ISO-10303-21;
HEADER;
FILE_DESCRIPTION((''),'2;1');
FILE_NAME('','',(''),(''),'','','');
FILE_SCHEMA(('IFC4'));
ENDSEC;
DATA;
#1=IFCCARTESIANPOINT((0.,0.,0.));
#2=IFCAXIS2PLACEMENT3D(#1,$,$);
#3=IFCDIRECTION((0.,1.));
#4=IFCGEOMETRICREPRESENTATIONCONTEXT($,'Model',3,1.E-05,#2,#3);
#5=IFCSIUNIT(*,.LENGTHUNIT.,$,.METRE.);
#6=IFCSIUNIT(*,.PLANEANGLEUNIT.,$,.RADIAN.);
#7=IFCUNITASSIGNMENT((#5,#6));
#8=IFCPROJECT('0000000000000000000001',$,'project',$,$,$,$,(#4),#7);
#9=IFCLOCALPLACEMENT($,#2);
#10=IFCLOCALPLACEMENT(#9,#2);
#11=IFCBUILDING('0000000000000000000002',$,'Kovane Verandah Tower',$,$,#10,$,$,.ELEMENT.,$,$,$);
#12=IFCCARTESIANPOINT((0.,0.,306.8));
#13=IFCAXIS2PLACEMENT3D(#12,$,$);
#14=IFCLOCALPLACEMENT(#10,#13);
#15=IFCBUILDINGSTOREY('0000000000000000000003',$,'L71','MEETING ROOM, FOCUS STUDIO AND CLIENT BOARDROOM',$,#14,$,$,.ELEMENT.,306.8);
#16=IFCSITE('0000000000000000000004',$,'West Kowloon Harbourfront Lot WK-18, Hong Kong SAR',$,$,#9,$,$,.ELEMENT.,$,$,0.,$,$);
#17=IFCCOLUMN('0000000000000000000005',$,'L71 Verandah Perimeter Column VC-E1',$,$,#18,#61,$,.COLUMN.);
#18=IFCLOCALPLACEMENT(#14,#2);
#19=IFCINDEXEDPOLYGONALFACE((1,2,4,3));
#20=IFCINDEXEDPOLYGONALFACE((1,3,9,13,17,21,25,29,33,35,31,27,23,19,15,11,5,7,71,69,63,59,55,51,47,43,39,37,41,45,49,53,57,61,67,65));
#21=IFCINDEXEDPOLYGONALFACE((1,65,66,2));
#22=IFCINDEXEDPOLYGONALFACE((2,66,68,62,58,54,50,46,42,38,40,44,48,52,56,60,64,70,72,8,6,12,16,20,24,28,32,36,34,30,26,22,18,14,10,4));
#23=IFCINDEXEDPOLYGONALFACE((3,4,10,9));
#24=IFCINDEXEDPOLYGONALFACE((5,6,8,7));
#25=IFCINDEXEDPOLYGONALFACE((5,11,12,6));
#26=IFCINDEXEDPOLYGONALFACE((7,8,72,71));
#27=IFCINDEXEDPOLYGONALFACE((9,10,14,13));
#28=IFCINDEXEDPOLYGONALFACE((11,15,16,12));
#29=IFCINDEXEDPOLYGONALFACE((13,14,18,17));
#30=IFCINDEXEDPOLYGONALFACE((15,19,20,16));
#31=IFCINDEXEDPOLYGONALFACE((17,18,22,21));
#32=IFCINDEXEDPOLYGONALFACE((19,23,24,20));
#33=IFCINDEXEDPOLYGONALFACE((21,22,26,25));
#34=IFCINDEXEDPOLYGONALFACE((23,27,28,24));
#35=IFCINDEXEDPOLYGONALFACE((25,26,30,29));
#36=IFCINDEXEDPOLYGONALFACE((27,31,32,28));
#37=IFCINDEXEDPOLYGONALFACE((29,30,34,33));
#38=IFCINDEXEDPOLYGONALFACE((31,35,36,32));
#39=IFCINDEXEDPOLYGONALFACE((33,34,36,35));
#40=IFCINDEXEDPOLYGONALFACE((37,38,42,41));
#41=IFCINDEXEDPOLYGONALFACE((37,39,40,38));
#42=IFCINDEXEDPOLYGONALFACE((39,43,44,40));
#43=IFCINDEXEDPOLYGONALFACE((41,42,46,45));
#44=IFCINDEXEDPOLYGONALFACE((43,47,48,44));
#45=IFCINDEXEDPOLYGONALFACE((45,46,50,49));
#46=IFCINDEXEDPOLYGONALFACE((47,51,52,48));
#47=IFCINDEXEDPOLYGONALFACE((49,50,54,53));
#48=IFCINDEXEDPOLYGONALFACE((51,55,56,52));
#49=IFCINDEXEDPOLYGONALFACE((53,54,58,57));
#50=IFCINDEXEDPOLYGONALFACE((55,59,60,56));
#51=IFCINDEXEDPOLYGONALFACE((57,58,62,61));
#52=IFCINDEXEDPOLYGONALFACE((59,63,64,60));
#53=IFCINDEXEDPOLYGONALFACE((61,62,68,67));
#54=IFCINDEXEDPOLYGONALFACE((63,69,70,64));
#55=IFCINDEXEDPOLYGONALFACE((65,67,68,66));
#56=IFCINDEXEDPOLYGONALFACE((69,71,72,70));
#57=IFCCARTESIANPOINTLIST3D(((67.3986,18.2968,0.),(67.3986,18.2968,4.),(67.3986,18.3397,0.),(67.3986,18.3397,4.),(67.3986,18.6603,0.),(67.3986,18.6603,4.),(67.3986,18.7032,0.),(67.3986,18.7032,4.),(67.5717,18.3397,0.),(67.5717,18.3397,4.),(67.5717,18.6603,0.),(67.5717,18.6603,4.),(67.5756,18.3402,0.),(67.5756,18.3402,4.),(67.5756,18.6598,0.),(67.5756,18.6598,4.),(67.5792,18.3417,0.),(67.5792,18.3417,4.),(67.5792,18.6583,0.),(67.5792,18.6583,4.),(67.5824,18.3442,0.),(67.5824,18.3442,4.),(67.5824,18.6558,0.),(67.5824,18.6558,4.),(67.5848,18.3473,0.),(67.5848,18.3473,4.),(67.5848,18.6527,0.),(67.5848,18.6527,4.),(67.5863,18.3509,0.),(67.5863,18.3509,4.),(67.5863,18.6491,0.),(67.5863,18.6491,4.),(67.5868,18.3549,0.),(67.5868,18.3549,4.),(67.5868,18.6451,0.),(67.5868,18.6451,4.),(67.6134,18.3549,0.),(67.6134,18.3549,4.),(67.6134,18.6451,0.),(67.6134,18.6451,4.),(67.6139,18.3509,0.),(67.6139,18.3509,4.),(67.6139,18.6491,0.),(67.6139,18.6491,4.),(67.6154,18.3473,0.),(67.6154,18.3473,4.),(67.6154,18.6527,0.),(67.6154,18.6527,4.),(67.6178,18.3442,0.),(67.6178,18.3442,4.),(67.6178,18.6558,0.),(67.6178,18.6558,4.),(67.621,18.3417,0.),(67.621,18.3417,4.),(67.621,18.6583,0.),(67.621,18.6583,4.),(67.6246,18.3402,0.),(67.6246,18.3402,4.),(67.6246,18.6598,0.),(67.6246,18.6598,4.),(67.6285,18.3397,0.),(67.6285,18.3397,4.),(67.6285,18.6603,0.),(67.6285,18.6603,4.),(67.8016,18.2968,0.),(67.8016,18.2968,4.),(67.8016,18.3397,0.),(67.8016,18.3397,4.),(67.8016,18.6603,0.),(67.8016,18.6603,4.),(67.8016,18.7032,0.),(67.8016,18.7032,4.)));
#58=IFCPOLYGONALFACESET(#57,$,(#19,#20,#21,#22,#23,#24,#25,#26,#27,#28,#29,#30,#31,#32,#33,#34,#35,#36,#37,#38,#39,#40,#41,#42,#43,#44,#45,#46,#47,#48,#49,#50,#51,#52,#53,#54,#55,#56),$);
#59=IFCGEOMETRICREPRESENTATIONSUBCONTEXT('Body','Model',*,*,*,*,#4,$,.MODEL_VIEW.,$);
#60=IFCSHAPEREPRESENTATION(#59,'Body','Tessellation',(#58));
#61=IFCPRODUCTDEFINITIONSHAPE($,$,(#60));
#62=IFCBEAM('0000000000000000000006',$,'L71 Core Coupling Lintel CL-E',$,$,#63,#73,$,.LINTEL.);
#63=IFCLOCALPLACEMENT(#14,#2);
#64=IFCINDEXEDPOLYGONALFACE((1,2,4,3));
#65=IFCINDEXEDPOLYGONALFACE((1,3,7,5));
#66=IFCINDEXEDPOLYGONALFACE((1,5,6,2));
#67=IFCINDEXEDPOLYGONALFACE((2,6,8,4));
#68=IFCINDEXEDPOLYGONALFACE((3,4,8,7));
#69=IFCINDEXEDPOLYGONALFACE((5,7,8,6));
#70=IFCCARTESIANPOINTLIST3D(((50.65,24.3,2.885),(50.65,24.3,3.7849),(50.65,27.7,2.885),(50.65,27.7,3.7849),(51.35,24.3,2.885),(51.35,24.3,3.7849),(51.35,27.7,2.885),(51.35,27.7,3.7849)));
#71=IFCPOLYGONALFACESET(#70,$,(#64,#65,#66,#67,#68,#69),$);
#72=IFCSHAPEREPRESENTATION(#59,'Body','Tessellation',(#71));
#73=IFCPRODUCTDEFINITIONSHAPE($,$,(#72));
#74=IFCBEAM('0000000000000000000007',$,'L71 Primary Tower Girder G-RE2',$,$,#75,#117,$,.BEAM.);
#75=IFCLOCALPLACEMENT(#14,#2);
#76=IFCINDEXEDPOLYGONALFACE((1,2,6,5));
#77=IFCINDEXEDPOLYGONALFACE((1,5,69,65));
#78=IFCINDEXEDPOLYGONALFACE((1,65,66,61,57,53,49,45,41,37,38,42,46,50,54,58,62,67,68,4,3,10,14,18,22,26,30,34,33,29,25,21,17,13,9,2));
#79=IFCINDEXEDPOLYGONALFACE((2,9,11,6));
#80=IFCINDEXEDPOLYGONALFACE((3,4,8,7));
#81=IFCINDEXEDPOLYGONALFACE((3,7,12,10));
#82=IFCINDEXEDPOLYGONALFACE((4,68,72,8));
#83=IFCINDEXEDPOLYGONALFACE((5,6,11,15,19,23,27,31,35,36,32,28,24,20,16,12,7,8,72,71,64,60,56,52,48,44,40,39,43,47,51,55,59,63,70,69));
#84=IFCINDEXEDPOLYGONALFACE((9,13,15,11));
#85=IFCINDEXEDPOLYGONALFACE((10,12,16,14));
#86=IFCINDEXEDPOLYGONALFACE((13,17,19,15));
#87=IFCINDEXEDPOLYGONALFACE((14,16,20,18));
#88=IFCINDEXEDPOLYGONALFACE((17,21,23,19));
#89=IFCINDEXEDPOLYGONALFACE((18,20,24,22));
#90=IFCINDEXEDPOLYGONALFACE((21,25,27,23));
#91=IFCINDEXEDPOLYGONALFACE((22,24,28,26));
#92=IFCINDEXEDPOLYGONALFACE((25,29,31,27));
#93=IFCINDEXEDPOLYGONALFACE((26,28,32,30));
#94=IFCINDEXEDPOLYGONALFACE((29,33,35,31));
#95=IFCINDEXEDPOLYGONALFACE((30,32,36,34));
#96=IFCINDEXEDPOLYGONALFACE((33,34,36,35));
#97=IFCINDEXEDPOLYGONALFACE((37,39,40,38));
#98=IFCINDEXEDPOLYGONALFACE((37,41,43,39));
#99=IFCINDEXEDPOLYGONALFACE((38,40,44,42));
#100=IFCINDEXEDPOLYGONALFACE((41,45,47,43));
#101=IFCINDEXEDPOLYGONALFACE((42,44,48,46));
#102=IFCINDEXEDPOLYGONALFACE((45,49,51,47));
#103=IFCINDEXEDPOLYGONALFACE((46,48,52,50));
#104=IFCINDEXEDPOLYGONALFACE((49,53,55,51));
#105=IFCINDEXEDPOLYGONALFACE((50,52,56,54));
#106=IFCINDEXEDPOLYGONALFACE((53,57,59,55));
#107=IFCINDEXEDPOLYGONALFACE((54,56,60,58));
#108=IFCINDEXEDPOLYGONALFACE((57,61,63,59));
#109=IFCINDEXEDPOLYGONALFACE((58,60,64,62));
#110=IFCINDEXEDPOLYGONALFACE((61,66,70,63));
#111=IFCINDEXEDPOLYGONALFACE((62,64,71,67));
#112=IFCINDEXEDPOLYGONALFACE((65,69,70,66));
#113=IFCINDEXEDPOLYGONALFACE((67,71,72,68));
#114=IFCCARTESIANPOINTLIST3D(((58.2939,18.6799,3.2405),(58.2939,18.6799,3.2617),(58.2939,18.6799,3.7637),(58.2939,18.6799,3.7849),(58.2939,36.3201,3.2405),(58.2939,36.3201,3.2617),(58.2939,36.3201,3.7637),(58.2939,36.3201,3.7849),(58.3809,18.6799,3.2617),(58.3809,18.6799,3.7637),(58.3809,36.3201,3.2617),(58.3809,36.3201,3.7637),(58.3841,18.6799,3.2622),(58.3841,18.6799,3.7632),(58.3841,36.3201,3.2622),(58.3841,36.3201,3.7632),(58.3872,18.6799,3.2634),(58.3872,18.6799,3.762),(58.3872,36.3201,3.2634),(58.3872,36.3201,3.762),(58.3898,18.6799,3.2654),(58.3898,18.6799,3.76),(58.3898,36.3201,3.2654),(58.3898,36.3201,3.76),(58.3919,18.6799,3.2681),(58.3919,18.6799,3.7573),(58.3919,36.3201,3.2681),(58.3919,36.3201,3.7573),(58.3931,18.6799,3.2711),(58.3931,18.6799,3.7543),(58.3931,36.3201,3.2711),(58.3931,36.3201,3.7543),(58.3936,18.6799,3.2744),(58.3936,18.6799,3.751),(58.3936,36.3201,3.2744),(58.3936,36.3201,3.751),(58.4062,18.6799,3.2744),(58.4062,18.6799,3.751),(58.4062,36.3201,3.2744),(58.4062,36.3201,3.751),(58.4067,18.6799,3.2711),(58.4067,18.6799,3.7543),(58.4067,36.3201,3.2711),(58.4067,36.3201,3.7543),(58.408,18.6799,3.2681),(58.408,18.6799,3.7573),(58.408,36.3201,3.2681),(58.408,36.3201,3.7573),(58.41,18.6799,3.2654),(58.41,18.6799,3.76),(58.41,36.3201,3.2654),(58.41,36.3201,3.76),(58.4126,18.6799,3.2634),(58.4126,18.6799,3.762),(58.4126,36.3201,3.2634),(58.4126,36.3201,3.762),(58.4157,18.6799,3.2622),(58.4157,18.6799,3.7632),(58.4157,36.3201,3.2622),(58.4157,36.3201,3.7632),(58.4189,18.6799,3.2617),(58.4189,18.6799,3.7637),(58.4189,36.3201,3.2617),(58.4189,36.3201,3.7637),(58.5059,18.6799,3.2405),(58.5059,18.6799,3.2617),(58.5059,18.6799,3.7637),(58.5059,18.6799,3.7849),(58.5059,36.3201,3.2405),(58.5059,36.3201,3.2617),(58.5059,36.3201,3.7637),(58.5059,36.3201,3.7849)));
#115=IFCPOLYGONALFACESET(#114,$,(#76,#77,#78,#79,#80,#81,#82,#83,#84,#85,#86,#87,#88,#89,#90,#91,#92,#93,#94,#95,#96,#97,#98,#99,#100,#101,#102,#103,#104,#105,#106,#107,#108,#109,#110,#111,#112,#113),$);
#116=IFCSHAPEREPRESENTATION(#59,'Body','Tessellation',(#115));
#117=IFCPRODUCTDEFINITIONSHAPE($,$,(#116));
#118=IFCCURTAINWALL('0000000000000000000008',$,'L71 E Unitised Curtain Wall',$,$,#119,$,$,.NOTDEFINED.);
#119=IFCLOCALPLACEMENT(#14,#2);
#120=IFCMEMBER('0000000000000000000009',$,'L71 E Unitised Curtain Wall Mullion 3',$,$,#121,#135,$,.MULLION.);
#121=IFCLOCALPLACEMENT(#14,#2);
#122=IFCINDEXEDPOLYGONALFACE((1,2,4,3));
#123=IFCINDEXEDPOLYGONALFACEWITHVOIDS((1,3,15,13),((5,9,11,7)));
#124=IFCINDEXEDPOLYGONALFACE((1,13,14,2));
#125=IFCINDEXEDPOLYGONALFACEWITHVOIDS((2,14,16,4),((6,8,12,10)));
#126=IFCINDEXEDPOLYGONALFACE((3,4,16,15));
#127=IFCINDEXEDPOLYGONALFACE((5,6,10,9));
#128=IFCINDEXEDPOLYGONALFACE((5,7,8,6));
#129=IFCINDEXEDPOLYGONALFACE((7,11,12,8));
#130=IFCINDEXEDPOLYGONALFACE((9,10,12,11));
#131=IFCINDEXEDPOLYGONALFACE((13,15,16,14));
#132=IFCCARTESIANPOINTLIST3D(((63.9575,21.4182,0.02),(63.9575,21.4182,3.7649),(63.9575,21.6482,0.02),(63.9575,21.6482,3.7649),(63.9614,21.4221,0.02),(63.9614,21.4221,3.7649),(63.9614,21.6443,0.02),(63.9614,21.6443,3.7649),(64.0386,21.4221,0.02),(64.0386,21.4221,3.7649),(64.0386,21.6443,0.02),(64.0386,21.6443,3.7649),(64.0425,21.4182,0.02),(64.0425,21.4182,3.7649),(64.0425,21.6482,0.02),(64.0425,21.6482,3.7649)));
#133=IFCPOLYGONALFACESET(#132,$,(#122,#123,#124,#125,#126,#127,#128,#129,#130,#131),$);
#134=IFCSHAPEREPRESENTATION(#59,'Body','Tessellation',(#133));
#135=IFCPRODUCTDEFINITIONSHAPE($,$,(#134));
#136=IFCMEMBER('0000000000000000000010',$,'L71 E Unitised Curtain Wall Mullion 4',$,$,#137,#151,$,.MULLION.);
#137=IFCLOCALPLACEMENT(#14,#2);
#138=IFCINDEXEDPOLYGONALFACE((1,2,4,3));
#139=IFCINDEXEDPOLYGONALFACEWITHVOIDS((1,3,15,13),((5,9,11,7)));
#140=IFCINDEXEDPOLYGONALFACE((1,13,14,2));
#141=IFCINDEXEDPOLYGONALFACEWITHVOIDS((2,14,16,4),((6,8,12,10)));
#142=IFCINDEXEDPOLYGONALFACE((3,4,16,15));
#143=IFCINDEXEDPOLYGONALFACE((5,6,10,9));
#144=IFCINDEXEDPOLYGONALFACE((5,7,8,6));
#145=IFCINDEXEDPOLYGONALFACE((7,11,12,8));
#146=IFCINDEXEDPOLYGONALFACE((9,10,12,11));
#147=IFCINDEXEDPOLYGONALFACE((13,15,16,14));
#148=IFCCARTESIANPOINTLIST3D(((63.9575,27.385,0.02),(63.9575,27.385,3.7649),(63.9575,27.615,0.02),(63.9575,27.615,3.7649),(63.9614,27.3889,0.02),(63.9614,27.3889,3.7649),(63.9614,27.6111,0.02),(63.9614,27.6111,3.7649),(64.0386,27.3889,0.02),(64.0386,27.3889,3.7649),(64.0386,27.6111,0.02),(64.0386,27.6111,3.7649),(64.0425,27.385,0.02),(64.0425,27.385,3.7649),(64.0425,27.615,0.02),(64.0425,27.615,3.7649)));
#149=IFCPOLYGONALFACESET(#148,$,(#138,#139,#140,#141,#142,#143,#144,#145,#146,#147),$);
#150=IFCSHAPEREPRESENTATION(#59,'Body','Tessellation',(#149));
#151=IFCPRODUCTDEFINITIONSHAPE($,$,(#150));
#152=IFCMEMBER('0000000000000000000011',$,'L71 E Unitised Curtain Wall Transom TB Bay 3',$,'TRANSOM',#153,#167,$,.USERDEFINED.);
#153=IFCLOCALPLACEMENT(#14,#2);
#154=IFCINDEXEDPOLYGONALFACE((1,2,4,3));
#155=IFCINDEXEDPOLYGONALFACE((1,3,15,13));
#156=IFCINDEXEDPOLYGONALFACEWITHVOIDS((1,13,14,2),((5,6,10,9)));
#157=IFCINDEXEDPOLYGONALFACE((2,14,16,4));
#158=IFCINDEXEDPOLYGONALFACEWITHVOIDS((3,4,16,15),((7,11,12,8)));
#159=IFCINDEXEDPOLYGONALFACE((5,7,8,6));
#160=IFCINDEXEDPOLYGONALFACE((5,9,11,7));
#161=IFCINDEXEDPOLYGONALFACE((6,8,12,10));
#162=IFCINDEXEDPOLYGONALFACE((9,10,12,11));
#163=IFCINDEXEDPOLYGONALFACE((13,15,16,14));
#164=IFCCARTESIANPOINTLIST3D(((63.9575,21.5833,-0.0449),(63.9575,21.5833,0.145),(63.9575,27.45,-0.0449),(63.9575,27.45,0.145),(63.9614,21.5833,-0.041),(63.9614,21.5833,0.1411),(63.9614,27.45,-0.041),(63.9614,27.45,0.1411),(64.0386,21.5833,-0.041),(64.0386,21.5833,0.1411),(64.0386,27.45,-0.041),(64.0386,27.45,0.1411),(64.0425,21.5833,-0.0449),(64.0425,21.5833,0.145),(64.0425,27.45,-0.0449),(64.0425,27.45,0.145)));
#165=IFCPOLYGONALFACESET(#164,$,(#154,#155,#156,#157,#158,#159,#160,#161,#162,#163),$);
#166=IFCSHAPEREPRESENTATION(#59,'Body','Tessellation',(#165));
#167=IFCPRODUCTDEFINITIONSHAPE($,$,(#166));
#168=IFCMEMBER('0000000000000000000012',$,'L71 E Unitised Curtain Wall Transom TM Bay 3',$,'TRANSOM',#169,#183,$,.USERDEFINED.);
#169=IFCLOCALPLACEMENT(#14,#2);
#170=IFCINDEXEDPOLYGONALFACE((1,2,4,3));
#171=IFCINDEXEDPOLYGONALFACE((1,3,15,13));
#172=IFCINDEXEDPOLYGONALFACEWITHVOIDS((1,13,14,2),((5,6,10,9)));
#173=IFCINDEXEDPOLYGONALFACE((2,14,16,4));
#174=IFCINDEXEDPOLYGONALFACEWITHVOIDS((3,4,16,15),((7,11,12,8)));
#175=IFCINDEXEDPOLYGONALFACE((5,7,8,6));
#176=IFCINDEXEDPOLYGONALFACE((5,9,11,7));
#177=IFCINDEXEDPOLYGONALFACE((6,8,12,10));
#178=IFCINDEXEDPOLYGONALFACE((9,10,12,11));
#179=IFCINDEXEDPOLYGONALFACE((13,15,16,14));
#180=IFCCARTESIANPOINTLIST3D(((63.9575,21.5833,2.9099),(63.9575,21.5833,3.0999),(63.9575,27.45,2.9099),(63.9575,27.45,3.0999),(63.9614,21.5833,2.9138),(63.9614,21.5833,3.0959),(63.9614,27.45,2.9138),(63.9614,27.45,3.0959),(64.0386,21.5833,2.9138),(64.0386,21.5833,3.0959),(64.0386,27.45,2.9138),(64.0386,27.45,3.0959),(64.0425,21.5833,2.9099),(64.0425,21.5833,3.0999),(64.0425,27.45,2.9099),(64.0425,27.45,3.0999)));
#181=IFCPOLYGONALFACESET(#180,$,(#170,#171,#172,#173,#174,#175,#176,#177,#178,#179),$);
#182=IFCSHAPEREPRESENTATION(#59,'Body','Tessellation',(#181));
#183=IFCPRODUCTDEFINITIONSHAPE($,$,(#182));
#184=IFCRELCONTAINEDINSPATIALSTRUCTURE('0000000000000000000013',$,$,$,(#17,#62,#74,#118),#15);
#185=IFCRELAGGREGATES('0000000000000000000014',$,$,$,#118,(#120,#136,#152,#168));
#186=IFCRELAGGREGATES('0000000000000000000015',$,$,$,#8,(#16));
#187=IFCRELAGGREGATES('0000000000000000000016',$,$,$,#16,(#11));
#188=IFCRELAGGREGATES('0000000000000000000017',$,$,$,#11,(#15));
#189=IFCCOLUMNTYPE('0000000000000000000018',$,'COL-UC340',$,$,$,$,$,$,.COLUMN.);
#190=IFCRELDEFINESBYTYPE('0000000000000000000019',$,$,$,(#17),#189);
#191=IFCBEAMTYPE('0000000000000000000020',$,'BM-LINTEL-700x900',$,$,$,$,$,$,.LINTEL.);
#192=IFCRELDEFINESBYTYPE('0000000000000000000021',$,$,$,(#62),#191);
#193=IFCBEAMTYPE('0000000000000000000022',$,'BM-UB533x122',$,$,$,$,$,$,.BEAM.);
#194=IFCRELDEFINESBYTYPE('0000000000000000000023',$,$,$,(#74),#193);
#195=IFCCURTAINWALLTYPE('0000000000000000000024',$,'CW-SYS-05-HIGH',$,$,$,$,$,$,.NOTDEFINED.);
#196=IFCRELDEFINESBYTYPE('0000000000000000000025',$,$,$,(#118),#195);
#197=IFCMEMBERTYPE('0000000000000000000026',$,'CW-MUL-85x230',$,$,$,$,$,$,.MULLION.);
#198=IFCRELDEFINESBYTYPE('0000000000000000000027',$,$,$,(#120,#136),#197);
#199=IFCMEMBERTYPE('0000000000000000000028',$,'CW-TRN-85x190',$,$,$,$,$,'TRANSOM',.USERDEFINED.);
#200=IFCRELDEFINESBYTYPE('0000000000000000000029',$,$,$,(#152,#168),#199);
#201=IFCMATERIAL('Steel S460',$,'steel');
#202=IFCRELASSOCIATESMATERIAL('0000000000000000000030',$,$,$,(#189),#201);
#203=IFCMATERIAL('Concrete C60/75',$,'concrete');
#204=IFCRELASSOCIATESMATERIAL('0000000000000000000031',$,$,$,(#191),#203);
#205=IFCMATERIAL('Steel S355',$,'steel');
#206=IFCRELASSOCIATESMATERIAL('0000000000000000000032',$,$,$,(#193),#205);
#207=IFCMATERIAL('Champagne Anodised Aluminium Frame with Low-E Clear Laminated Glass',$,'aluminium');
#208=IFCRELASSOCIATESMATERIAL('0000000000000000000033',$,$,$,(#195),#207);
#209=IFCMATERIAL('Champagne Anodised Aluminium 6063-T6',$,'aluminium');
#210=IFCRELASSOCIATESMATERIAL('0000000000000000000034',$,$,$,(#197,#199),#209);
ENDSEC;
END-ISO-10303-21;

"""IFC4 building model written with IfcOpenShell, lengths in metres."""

from ifc_helpers import new_model, si_unit, direction, frame, origin, origin_2d, place, context, subcontext, project, spatial, rectangle, hollow_rectangle, i_section, extrude, material, material_profile, profile_set, type_object, element, aggregate, save


model = new_model("IFC4")

# Units and contexts
model_context = context("Model", 3, precision=1e-05, world=origin(), true_north=direction((0.0, 1.0)))
body_context = subcontext(model_context, "Body", "Model", "MODEL_VIEW")
ifc_project = project(units=[si_unit("LENGTHUNIT", "METRE"), si_unit("PLANEANGLEUNIT", "RADIAN")], contexts=[model_context])

# Site, building, storey
site_placement = place(None, origin())
site = spatial("IfcSite", under=ifc_project, at=site_placement, Name="West Kowloon Harbourfront Lot WK-18, Hong Kong SAR", CompositionType="ELEMENT", RefElevation=0.0)
building_placement = place(site_placement, origin())
building = spatial("IfcBuilding", under=site, at=building_placement, Name="Kovane Verandah Tower", CompositionType="ELEMENT")
storey_placement = place(building_placement, frame((0.0, 0.0, 306.8)))
storey = spatial("IfcBuildingStorey", under=building, at=storey_placement, Name="L71", Description="MEETING ROOM, FOCUS STUDIO AND CLIENT BOARDROOM", CompositionType="ELEMENT", Elevation=306.8)

# Column
ifc_material_1 = material(Name="Steel S460", Category="steel")
ifc_material_profile_1 = material_profile(ifc_material_1, i_section(OverallWidth=0.4031, OverallDepth=0.4065, WebThickness=0.0266, FlangeThickness=0.043, FilletRadius=0.0151, at=origin_2d()), Name="UC356x406x340")
ifc_profile_set_1 = profile_set([ifc_material_profile_1], Name="Steel S460")
column_type = type_object("IfcColumnType", Name="COL-UC340", PredefinedType="COLUMN", material=ifc_profile_set_1)
column_placement = place(storey_placement, frame((67.6001, 18.5, 0.0), z_axis=(0.0, 0.0, 1.0), x_axis=(1.0, 0.0, 0.0)))
element("IfcColumn", 1, at=column_placement, inside=storey, type_object=column_type, Name="L71 Verandah Perimeter Column VC-E1", PredefinedType="COLUMN", context=body_context, shape_type="SweptSolid", body=[
    extrude(i_section(OverallWidth=0.4031, OverallDepth=0.4065, WebThickness=0.0266, FlangeThickness=0.043, FilletRadius=0.0151, at=origin_2d()), origin(), (0.0, 0.0, 1.0), 4.0),
])

# Beams
ifc_material_2 = material(Name="Concrete C60/75", Category="concrete")
ifc_material_profile_2 = material_profile(ifc_material_2, rectangle(XDim=0.7, YDim=0.8999, at=origin_2d()), Name="RCB700x900")
ifc_profile_set_2 = profile_set([ifc_material_profile_2], Name="Concrete C60/75")
beam_type_1 = type_object("IfcBeamType", Name="BM-LINTEL-700x900", PredefinedType="LINTEL", material=ifc_profile_set_2)
beam_1_placement = place(storey_placement, frame((51.0, 24.3, 3.335), z_axis=(0.0, 1.0, 0.0), x_axis=(-1.0, 0.0, 0.0)))
element("IfcBeam", 2, at=beam_1_placement, inside=storey, type_object=beam_type_1, Name="L71 Core Coupling Lintel CL-E", PredefinedType="LINTEL", context=body_context, shape_type="SweptSolid", body=[
    extrude(rectangle(XDim=0.7, YDim=0.8999, at=origin_2d()), origin(), (0.0, 0.0, 1.0), 3.3999),
])
ifc_material_3 = material(Name="Steel S355", Category="steel")
ifc_material_profile_3 = material_profile(ifc_material_3, i_section(OverallWidth=0.2119, OverallDepth=0.5444, WebThickness=0.0127, FlangeThickness=0.0212, FilletRadius=0.0127, at=origin_2d()), Name="UB533x210x122")
ifc_profile_set_3 = profile_set([ifc_material_profile_3], Name="Steel S355")
beam_type_2 = type_object("IfcBeamType", Name="BM-UB533x122", PredefinedType="BEAM", material=ifc_profile_set_3)
beam_2_placement = place(storey_placement, frame((58.3999, 18.6799, 3.5127), z_axis=(0.0, 1.0, 0.0), x_axis=(-1.0, 0.0, 0.0)))
element("IfcBeam", 3, at=beam_2_placement, inside=storey, type_object=beam_type_2, Name="L71 Primary Tower Girder G-RE2", PredefinedType="BEAM", context=body_context, shape_type="SweptSolid", body=[
    extrude(i_section(OverallWidth=0.2119, OverallDepth=0.5444, WebThickness=0.0127, FlangeThickness=0.0212, FilletRadius=0.0127, at=origin_2d()), origin(), (0.0, 0.0, 1.0), 17.6401),
])

# Curtain wall, members
ifc_material_4 = material(Name="Champagne Anodised Aluminium Frame with Low-E Clear Laminated Glass", Category="aluminium")
curtain_wall_type = type_object("IfcCurtainWallType", Name="CW-SYS-05-HIGH", PredefinedType="NOTDEFINED", material=ifc_material_4)
curtain_wall_placement = place(storey_placement, origin())
curtain_wall = element("IfcCurtainWall", 4, at=curtain_wall_placement, inside=storey, type_object=curtain_wall_type, Name="L71 E Unitised Curtain Wall", PredefinedType="NOTDEFINED")
ifc_material_5 = material(Name="Champagne Anodised Aluminium 6063-T6", Category="aluminium")
ifc_material_profile_4 = material_profile(ifc_material_5, hollow_rectangle(XDim=0.085, YDim=0.23, WallThickness=0.0039, at=origin_2d()), Name="AL85x230x4")
ifc_profile_set_4 = profile_set([ifc_material_profile_4], Name="Champagne Anodised Aluminium 6063-T6")
member_type_1 = type_object("IfcMemberType", Name="CW-MUL-85x230", PredefinedType="MULLION", material=ifc_profile_set_4)
member_1_placement = place(storey_placement, frame((64.0, 21.5332, 0.02), z_axis=(0.0, 0.0, 1.0), x_axis=(1.0, 0.0, 0.0)))
member_1 = element("IfcMember", 5, at=member_1_placement, type_object=member_type_1, Name="L71 E Unitised Curtain Wall Mullion 3", PredefinedType="MULLION", context=body_context, shape_type="SweptSolid", body=[
    extrude(hollow_rectangle(XDim=0.085, YDim=0.23, WallThickness=0.0039, at=origin_2d()), origin(), (0.0, 0.0, 1.0), 3.7449),
])
member_2_placement = place(storey_placement, frame((64.0, 27.5, 0.02), z_axis=(0.0, 0.0, 1.0), x_axis=(1.0, 0.0, 0.0)))
member_2 = element("IfcMember", 6, at=member_2_placement, type_object=member_type_1, Name="L71 E Unitised Curtain Wall Mullion 4", PredefinedType="MULLION", context=body_context, shape_type="SweptSolid", body=[
    extrude(hollow_rectangle(XDim=0.085, YDim=0.23, WallThickness=0.0039, at=origin_2d()), origin(), (0.0, 0.0, 1.0), 3.7449),
])
ifc_material_profile_5 = material_profile(ifc_material_5, hollow_rectangle(XDim=0.085, YDim=0.1899, WallThickness=0.0039, at=origin_2d()), Name="AL85x190x4")
ifc_profile_set_5 = profile_set([ifc_material_profile_5], Name="Champagne Anodised Aluminium 6063-T6")
member_type_2 = type_object("IfcMemberType", Name="CW-TRN-85x190", ElementType="TRANSOM", PredefinedType="USERDEFINED", material=ifc_profile_set_5)
member_3_placement = place(storey_placement, frame((64.0, 21.5833, 0.05), z_axis=(0.0, 1.0, 0.0), x_axis=(-1.0, 0.0, 0.0)))
member_3 = element("IfcMember", 7, at=member_3_placement, type_object=member_type_2, Name="L71 E Unitised Curtain Wall Transom TB Bay 3", ObjectType="TRANSOM", PredefinedType="USERDEFINED", context=body_context, shape_type="SweptSolid", body=[
    extrude(hollow_rectangle(XDim=0.085, YDim=0.1899, WallThickness=0.0039, at=origin_2d()), origin(), (0.0, 0.0, 1.0), 5.8667),
])
member_4_placement = place(storey_placement, frame((64.0, 21.5833, 3.0049), z_axis=(0.0, 1.0, 0.0), x_axis=(-1.0, 0.0, 0.0)))
member_4 = element("IfcMember", 8, at=member_4_placement, type_object=member_type_2, Name="L71 E Unitised Curtain Wall Transom TM Bay 3", ObjectType="TRANSOM", PredefinedType="USERDEFINED", context=body_context, shape_type="SweptSolid", body=[
    extrude(hollow_rectangle(XDim=0.085, YDim=0.1899, WallThickness=0.0039, at=origin_2d()), origin(), (0.0, 0.0, 1.0), 5.8667),
])

aggregate(curtain_wall, [member_1, member_2, member_3, member_4])

save(model, "model.ifc")
